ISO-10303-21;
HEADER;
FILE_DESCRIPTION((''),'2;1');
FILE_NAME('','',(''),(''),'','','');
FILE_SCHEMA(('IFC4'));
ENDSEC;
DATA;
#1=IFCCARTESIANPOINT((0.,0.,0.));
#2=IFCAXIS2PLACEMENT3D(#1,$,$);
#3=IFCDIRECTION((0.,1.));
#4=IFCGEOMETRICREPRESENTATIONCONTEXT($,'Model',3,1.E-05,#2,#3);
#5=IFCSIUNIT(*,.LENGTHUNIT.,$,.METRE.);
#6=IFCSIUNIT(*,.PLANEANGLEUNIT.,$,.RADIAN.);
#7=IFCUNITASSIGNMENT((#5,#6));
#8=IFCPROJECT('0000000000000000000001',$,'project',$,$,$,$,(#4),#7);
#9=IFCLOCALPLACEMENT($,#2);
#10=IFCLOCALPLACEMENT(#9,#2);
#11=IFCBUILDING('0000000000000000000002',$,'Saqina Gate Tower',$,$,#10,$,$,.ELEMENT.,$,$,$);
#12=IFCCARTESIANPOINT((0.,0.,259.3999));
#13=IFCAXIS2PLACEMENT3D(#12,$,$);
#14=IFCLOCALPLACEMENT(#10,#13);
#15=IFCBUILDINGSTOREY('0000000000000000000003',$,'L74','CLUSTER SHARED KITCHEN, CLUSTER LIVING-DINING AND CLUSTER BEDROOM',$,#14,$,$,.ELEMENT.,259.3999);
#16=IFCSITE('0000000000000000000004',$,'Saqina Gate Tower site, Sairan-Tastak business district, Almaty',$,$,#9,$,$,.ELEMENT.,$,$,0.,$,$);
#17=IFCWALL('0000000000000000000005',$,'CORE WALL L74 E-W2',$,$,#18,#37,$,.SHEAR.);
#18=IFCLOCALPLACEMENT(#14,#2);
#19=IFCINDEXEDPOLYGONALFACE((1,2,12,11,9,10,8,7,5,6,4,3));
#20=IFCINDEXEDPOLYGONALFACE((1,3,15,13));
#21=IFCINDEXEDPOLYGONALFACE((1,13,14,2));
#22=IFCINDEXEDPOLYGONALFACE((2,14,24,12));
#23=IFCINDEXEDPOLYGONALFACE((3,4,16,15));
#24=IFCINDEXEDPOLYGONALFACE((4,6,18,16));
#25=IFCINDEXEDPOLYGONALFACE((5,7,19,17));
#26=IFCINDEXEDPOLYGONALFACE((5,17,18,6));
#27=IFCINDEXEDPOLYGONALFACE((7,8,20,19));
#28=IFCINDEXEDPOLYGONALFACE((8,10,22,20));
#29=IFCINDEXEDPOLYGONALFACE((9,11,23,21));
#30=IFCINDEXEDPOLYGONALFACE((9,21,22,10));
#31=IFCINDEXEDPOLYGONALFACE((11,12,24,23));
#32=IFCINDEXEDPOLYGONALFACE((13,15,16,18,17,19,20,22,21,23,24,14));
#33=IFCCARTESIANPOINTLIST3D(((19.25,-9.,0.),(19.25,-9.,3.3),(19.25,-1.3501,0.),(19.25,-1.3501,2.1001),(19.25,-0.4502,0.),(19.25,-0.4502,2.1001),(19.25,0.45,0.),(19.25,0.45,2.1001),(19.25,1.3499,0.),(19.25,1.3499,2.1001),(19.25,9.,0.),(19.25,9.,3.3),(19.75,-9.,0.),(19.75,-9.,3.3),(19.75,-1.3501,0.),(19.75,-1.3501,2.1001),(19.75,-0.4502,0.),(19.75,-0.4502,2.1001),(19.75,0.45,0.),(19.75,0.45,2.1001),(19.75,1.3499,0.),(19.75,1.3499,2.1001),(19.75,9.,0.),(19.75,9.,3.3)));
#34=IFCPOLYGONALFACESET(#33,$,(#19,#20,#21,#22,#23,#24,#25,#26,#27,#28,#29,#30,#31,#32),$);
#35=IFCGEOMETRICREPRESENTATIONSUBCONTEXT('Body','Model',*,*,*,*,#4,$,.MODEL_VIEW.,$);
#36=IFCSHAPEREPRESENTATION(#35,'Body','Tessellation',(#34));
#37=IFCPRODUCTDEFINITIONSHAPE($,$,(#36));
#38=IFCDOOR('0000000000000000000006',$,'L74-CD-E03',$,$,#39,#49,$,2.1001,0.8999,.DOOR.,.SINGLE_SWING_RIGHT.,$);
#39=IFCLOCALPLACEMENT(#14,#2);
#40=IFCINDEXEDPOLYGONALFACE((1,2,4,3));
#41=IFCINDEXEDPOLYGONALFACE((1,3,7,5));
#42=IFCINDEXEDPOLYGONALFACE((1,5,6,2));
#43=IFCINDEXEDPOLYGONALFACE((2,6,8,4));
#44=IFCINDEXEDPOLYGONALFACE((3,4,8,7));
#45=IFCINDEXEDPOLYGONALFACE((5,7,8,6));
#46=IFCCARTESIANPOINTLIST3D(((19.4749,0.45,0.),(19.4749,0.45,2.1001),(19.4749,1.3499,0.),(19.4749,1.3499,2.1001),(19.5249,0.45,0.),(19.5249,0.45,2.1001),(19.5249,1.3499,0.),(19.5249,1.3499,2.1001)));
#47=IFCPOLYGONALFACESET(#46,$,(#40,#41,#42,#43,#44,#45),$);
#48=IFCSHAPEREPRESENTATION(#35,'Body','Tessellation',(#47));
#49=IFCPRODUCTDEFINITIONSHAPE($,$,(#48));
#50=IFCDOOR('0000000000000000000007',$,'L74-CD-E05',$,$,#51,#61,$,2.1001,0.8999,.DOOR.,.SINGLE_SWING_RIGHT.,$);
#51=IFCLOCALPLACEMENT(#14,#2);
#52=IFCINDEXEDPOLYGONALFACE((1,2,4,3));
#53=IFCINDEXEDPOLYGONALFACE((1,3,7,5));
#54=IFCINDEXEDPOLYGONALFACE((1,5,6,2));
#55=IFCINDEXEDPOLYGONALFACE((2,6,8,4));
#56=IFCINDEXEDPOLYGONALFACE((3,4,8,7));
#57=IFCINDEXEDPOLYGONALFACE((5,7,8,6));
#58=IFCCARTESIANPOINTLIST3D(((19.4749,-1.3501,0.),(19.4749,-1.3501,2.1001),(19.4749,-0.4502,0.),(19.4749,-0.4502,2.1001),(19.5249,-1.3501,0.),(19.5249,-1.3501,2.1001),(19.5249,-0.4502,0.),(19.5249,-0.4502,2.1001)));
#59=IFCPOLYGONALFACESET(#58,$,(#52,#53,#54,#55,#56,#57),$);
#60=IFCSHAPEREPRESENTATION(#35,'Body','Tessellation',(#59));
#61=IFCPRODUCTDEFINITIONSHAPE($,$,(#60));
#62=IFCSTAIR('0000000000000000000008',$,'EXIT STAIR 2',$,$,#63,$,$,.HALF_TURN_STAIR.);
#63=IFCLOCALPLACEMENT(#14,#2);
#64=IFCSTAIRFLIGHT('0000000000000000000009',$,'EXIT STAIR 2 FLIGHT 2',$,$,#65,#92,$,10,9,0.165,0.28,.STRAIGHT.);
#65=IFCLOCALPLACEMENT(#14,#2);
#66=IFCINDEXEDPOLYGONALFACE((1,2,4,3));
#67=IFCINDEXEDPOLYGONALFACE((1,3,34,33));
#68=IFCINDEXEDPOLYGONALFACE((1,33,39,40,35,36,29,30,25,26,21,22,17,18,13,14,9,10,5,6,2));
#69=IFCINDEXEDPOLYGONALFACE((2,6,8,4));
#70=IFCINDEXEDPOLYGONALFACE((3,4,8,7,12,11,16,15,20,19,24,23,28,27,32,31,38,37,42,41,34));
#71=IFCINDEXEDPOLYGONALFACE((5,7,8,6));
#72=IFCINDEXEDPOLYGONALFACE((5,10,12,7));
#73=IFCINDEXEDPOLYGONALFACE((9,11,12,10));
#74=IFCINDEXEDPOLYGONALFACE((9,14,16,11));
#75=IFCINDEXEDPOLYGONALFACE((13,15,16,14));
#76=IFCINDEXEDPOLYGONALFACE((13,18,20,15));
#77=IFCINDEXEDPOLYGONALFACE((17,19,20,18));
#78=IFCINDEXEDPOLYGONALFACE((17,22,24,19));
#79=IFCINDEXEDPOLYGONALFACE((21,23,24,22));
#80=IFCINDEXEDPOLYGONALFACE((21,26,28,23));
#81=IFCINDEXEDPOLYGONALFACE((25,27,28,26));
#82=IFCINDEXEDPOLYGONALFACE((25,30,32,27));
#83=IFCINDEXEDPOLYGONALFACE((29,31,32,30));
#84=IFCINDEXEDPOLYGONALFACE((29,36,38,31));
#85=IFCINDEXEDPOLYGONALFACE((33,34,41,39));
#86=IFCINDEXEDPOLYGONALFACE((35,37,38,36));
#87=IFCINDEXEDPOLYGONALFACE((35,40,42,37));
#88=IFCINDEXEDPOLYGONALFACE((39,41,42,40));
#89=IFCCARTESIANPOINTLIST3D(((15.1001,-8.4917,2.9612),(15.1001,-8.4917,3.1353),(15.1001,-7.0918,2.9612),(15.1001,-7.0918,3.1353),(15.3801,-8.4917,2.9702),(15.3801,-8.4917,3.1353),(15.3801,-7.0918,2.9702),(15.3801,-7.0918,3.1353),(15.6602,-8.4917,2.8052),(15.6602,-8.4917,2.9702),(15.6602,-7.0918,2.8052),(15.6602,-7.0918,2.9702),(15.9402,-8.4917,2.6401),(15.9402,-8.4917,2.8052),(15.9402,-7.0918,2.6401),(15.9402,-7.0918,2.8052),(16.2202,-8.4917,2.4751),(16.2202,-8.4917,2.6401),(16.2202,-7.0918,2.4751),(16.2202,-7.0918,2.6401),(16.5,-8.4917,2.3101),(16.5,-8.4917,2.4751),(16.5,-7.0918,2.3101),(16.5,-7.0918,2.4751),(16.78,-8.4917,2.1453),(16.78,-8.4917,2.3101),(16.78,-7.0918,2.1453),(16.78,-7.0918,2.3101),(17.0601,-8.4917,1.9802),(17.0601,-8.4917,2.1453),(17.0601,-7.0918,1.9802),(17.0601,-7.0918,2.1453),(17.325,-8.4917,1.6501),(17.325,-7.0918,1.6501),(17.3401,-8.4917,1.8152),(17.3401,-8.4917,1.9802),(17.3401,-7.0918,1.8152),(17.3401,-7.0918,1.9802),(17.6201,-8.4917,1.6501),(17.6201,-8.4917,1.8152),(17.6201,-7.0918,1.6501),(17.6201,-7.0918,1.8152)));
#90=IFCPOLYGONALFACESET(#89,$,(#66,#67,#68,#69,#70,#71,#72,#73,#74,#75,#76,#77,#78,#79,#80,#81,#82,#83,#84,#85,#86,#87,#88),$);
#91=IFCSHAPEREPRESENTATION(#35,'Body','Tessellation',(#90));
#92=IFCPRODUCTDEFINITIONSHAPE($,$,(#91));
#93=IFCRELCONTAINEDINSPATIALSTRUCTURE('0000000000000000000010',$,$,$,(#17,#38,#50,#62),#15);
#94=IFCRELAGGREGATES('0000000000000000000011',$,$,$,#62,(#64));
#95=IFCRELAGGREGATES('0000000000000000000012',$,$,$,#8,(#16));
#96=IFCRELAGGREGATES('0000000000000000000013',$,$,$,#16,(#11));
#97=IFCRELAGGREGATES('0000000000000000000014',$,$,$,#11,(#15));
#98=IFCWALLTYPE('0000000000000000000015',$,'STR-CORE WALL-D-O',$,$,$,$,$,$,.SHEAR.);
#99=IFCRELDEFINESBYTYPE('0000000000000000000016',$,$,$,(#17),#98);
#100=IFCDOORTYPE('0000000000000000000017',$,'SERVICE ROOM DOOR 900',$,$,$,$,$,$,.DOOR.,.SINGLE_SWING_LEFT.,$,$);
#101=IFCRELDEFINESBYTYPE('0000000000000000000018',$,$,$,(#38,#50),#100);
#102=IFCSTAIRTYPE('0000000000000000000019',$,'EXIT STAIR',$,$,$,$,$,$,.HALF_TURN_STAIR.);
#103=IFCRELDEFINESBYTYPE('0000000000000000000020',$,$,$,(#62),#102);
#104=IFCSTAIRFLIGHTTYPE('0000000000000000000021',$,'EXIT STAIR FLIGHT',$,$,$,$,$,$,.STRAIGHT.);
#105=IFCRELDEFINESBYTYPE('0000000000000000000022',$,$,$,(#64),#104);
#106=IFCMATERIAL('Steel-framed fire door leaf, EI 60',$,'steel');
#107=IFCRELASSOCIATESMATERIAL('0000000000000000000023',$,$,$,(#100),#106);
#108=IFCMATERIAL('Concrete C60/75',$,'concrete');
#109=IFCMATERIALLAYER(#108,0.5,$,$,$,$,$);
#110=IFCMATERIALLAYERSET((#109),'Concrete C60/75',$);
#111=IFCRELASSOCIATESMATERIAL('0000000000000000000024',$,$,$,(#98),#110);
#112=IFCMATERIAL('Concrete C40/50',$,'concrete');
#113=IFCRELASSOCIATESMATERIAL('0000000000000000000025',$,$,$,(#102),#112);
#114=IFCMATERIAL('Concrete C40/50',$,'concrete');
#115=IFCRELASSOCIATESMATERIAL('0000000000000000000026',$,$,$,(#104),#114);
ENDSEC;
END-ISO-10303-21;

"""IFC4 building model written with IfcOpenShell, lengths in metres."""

from ifc_helpers import new_model, si_unit, direction, frame, frame_2d, origin, place, context, subcontext, project, spatial, polyline, rectangle, outline, extrude, material, layer, layer_set, type_object, element, fill, aggregate, save


model = new_model("IFC4")

# Units and contexts
model_context = context("Model", 3, precision=1e-05, world=origin(), true_north=direction((0.0, 1.0)))
body_context = subcontext(model_context, "Body", "Model", "MODEL_VIEW")
ifc_project = project(units=[si_unit("LENGTHUNIT", "METRE"), si_unit("PLANEANGLEUNIT", "RADIAN")], contexts=[model_context])

# Site, building, storey
site_placement = place(None, origin())
site = spatial("IfcSite", under=ifc_project, at=site_placement, Name="Saqina Gate Tower site, Sairan-Tastak business district, Almaty", CompositionType="ELEMENT", RefElevation=0.0)
building_placement = place(site_placement, origin())
building = spatial("IfcBuilding", under=site, at=building_placement, Name="Saqina Gate Tower", CompositionType="ELEMENT")
storey_placement = place(building_placement, frame((0.0, 0.0, 259.3999)))
storey = spatial("IfcBuildingStorey", under=building, at=storey_placement, Name="L74", Description="CLUSTER SHARED KITCHEN, CLUSTER LIVING-DINING AND CLUSTER BEDROOM", CompositionType="ELEMENT", Elevation=259.3999)

# Shared definitions
ifc_material_1 = material(Name="Steel-framed fire door leaf, EI 60", Category="steel")
door_type_1 = type_object("IfcDoorType", Name="SERVICE ROOM DOOR 900", OperationType="SINGLE_SWING_LEFT", PredefinedType="DOOR", material=ifc_material_1)

# Wall, openings, doors
ifc_material_2 = material(Name="Concrete C60/75", Category="concrete")
ifc_layer_1 = layer(ifc_material_2, 0.5)
ifc_layer_set_1 = layer_set([ifc_layer_1], Name="Concrete C60/75")
wall_type_1 = type_object("IfcWallType", Name="STR-CORE WALL-D-O", PredefinedType="SHEAR", material=ifc_layer_set_1)
wall_1_placement = place(storey_placement, frame((19.5, -9.0, 0.0), z_axis=(0.0, 0.0, 1.0), x_axis=(0.0, 1.0, 0.0)))
wall_1 = element("IfcWall", 1, at=wall_1_placement, inside=storey, type_object=wall_type_1, Name="CORE WALL L74 E-W2", PredefinedType="SHEAR", context=body_context, shape_type="SweptSolid", body=[
    extrude(rectangle(XDim=18.0, YDim=0.5, at=frame_2d((9.0, 0.0))), origin(), (0.0, 0.0, 1.0), 3.3),
])
opening_1_placement = place(wall_1_placement, frame((9.45, 0.0, 0.0)))
opening_1 = element("IfcOpeningElement", 2, at=opening_1_placement, cuts=wall_1, PredefinedType="OPENING", context=body_context, shape_type="SweptSolid", body=[
    extrude(rectangle(XDim=0.8999, YDim=2.1001, at=frame_2d((0.45, 1.05))), frame((0.0, 0.262, 0.0), z_axis=(0.0, -1.0, 0.0), x_axis=(1.0, 0.0, 0.0)), (0.0, 0.0, 1.0), 0.5239),
])
opening_2_placement = place(wall_1_placement, frame((7.6499, 0.0, 0.0)))
opening_2 = element("IfcOpeningElement", 3, at=opening_2_placement, cuts=wall_1, PredefinedType="OPENING", context=body_context, shape_type="SweptSolid", body=[
    extrude(rectangle(XDim=0.8999, YDim=2.1001, at=frame_2d((0.45, 1.05))), frame((0.0, 0.262, 0.0), z_axis=(0.0, -1.0, 0.0), x_axis=(1.0, 0.0, 0.0)), (0.0, 0.0, 1.0), 0.5239),
])
door_1_placement = place(opening_1_placement, frame((0.8999, 0.0, 0.0), z_axis=(0.0, 0.0, 1.0), x_axis=(-1.0, 0.0, 0.0)))
door_1 = element("IfcDoor", 4, at=door_1_placement, inside=storey, type_object=door_type_1, Name="L74-CD-E03", OperationType="SINGLE_SWING_RIGHT", OverallHeight=2.1001, OverallWidth=0.8999, PredefinedType="DOOR", context=body_context, shape_type="SweptSolid", body=[
    extrude(rectangle(XDim=0.8999, YDim=2.1001, at=frame_2d((0.45, 1.05))), frame((0.0, 0.0249, 0.0), z_axis=(0.0, -1.0, 0.0), x_axis=(1.0, 0.0, 0.0)), (0.0, 0.0, 1.0), 0.05),
])
fill(opening_1, door_1)
door_2_placement = place(opening_2_placement, frame((0.8999, 0.0, 0.0), z_axis=(0.0, 0.0, 1.0), x_axis=(-1.0, 0.0, 0.0)))
door_2 = element("IfcDoor", 5, at=door_2_placement, inside=storey, type_object=door_type_1, Name="L74-CD-E05", OperationType="SINGLE_SWING_RIGHT", OverallHeight=2.1001, OverallWidth=0.8999, PredefinedType="DOOR", context=body_context, shape_type="SweptSolid", body=[
    extrude(rectangle(XDim=0.8999, YDim=2.1001, at=frame_2d((0.45, 1.05))), frame((0.0, 0.0249, 0.0), z_axis=(0.0, -1.0, 0.0), x_axis=(1.0, 0.0, 0.0)), (0.0, 0.0, 1.0), 0.05),
])
fill(opening_2, door_2)

# Stair, stair flight
ifc_material_3 = material(Name="Concrete C40/50", Category="concrete")
stair_type = type_object("IfcStairType", Name="EXIT STAIR", PredefinedType="HALF_TURN_STAIR", material=ifc_material_3)
stair_placement = place(storey_placement, origin())
stair = element("IfcStair", 6, at=stair_placement, inside=storey, type_object=stair_type, Name="EXIT STAIR 2", PredefinedType="HALF_TURN_STAIR")
ifc_material_4 = material(Name="Concrete C40/50", Category="concrete")
stair_flight_type = type_object("IfcStairFlightType", Name="EXIT STAIR FLIGHT", PredefinedType="STRAIGHT", material=ifc_material_4)
stair_flight_placement = place(storey_placement, frame((17.6201, -7.7917, 1.6501), z_axis=(0.0, 0.0, 1.0), x_axis=(-1.0, 0.0, 0.0)))
stair_flight = element("IfcStairFlight", 7, at=stair_flight_placement, type_object=stair_flight_type, Name="EXIT STAIR 2 FLIGHT 2", NumberOfRisers=10, NumberOfTreads=9, PredefinedType="STRAIGHT", RiserHeight=0.165, TreadLength=0.28, context=body_context, shape_type="SweptSolid", body=[
    extrude(outline(polyline([(0.0, 0.0), (0.0, 0.165), (0.28, 0.165), (0.28, 0.3301), (0.5601, 0.3301), (0.5601, 0.4951), (0.8401, 0.4951), (0.8401, 0.6599), (1.1201, 0.6599), (1.1201, 0.825), (1.3999, 0.825), (1.3999, 0.99), (1.6799, 0.99), (1.6799, 1.155), (1.96, 1.155), (1.96, 1.3201), (2.24, 1.3201), (2.24, 1.4851), (2.52, 1.4851), (2.52, 1.6499), (2.52, 1.311), (0.2952, 0.0), (0.0, 0.0)])), frame((0.0, 0.7, 0.0), z_axis=(0.0, -1.0, 0.0), x_axis=(1.0, 0.0, 0.0)), (0.0, 0.0, 1.0), 1.3999),
])
aggregate(stair, [stair_flight])

save(model, "model.ifc")
